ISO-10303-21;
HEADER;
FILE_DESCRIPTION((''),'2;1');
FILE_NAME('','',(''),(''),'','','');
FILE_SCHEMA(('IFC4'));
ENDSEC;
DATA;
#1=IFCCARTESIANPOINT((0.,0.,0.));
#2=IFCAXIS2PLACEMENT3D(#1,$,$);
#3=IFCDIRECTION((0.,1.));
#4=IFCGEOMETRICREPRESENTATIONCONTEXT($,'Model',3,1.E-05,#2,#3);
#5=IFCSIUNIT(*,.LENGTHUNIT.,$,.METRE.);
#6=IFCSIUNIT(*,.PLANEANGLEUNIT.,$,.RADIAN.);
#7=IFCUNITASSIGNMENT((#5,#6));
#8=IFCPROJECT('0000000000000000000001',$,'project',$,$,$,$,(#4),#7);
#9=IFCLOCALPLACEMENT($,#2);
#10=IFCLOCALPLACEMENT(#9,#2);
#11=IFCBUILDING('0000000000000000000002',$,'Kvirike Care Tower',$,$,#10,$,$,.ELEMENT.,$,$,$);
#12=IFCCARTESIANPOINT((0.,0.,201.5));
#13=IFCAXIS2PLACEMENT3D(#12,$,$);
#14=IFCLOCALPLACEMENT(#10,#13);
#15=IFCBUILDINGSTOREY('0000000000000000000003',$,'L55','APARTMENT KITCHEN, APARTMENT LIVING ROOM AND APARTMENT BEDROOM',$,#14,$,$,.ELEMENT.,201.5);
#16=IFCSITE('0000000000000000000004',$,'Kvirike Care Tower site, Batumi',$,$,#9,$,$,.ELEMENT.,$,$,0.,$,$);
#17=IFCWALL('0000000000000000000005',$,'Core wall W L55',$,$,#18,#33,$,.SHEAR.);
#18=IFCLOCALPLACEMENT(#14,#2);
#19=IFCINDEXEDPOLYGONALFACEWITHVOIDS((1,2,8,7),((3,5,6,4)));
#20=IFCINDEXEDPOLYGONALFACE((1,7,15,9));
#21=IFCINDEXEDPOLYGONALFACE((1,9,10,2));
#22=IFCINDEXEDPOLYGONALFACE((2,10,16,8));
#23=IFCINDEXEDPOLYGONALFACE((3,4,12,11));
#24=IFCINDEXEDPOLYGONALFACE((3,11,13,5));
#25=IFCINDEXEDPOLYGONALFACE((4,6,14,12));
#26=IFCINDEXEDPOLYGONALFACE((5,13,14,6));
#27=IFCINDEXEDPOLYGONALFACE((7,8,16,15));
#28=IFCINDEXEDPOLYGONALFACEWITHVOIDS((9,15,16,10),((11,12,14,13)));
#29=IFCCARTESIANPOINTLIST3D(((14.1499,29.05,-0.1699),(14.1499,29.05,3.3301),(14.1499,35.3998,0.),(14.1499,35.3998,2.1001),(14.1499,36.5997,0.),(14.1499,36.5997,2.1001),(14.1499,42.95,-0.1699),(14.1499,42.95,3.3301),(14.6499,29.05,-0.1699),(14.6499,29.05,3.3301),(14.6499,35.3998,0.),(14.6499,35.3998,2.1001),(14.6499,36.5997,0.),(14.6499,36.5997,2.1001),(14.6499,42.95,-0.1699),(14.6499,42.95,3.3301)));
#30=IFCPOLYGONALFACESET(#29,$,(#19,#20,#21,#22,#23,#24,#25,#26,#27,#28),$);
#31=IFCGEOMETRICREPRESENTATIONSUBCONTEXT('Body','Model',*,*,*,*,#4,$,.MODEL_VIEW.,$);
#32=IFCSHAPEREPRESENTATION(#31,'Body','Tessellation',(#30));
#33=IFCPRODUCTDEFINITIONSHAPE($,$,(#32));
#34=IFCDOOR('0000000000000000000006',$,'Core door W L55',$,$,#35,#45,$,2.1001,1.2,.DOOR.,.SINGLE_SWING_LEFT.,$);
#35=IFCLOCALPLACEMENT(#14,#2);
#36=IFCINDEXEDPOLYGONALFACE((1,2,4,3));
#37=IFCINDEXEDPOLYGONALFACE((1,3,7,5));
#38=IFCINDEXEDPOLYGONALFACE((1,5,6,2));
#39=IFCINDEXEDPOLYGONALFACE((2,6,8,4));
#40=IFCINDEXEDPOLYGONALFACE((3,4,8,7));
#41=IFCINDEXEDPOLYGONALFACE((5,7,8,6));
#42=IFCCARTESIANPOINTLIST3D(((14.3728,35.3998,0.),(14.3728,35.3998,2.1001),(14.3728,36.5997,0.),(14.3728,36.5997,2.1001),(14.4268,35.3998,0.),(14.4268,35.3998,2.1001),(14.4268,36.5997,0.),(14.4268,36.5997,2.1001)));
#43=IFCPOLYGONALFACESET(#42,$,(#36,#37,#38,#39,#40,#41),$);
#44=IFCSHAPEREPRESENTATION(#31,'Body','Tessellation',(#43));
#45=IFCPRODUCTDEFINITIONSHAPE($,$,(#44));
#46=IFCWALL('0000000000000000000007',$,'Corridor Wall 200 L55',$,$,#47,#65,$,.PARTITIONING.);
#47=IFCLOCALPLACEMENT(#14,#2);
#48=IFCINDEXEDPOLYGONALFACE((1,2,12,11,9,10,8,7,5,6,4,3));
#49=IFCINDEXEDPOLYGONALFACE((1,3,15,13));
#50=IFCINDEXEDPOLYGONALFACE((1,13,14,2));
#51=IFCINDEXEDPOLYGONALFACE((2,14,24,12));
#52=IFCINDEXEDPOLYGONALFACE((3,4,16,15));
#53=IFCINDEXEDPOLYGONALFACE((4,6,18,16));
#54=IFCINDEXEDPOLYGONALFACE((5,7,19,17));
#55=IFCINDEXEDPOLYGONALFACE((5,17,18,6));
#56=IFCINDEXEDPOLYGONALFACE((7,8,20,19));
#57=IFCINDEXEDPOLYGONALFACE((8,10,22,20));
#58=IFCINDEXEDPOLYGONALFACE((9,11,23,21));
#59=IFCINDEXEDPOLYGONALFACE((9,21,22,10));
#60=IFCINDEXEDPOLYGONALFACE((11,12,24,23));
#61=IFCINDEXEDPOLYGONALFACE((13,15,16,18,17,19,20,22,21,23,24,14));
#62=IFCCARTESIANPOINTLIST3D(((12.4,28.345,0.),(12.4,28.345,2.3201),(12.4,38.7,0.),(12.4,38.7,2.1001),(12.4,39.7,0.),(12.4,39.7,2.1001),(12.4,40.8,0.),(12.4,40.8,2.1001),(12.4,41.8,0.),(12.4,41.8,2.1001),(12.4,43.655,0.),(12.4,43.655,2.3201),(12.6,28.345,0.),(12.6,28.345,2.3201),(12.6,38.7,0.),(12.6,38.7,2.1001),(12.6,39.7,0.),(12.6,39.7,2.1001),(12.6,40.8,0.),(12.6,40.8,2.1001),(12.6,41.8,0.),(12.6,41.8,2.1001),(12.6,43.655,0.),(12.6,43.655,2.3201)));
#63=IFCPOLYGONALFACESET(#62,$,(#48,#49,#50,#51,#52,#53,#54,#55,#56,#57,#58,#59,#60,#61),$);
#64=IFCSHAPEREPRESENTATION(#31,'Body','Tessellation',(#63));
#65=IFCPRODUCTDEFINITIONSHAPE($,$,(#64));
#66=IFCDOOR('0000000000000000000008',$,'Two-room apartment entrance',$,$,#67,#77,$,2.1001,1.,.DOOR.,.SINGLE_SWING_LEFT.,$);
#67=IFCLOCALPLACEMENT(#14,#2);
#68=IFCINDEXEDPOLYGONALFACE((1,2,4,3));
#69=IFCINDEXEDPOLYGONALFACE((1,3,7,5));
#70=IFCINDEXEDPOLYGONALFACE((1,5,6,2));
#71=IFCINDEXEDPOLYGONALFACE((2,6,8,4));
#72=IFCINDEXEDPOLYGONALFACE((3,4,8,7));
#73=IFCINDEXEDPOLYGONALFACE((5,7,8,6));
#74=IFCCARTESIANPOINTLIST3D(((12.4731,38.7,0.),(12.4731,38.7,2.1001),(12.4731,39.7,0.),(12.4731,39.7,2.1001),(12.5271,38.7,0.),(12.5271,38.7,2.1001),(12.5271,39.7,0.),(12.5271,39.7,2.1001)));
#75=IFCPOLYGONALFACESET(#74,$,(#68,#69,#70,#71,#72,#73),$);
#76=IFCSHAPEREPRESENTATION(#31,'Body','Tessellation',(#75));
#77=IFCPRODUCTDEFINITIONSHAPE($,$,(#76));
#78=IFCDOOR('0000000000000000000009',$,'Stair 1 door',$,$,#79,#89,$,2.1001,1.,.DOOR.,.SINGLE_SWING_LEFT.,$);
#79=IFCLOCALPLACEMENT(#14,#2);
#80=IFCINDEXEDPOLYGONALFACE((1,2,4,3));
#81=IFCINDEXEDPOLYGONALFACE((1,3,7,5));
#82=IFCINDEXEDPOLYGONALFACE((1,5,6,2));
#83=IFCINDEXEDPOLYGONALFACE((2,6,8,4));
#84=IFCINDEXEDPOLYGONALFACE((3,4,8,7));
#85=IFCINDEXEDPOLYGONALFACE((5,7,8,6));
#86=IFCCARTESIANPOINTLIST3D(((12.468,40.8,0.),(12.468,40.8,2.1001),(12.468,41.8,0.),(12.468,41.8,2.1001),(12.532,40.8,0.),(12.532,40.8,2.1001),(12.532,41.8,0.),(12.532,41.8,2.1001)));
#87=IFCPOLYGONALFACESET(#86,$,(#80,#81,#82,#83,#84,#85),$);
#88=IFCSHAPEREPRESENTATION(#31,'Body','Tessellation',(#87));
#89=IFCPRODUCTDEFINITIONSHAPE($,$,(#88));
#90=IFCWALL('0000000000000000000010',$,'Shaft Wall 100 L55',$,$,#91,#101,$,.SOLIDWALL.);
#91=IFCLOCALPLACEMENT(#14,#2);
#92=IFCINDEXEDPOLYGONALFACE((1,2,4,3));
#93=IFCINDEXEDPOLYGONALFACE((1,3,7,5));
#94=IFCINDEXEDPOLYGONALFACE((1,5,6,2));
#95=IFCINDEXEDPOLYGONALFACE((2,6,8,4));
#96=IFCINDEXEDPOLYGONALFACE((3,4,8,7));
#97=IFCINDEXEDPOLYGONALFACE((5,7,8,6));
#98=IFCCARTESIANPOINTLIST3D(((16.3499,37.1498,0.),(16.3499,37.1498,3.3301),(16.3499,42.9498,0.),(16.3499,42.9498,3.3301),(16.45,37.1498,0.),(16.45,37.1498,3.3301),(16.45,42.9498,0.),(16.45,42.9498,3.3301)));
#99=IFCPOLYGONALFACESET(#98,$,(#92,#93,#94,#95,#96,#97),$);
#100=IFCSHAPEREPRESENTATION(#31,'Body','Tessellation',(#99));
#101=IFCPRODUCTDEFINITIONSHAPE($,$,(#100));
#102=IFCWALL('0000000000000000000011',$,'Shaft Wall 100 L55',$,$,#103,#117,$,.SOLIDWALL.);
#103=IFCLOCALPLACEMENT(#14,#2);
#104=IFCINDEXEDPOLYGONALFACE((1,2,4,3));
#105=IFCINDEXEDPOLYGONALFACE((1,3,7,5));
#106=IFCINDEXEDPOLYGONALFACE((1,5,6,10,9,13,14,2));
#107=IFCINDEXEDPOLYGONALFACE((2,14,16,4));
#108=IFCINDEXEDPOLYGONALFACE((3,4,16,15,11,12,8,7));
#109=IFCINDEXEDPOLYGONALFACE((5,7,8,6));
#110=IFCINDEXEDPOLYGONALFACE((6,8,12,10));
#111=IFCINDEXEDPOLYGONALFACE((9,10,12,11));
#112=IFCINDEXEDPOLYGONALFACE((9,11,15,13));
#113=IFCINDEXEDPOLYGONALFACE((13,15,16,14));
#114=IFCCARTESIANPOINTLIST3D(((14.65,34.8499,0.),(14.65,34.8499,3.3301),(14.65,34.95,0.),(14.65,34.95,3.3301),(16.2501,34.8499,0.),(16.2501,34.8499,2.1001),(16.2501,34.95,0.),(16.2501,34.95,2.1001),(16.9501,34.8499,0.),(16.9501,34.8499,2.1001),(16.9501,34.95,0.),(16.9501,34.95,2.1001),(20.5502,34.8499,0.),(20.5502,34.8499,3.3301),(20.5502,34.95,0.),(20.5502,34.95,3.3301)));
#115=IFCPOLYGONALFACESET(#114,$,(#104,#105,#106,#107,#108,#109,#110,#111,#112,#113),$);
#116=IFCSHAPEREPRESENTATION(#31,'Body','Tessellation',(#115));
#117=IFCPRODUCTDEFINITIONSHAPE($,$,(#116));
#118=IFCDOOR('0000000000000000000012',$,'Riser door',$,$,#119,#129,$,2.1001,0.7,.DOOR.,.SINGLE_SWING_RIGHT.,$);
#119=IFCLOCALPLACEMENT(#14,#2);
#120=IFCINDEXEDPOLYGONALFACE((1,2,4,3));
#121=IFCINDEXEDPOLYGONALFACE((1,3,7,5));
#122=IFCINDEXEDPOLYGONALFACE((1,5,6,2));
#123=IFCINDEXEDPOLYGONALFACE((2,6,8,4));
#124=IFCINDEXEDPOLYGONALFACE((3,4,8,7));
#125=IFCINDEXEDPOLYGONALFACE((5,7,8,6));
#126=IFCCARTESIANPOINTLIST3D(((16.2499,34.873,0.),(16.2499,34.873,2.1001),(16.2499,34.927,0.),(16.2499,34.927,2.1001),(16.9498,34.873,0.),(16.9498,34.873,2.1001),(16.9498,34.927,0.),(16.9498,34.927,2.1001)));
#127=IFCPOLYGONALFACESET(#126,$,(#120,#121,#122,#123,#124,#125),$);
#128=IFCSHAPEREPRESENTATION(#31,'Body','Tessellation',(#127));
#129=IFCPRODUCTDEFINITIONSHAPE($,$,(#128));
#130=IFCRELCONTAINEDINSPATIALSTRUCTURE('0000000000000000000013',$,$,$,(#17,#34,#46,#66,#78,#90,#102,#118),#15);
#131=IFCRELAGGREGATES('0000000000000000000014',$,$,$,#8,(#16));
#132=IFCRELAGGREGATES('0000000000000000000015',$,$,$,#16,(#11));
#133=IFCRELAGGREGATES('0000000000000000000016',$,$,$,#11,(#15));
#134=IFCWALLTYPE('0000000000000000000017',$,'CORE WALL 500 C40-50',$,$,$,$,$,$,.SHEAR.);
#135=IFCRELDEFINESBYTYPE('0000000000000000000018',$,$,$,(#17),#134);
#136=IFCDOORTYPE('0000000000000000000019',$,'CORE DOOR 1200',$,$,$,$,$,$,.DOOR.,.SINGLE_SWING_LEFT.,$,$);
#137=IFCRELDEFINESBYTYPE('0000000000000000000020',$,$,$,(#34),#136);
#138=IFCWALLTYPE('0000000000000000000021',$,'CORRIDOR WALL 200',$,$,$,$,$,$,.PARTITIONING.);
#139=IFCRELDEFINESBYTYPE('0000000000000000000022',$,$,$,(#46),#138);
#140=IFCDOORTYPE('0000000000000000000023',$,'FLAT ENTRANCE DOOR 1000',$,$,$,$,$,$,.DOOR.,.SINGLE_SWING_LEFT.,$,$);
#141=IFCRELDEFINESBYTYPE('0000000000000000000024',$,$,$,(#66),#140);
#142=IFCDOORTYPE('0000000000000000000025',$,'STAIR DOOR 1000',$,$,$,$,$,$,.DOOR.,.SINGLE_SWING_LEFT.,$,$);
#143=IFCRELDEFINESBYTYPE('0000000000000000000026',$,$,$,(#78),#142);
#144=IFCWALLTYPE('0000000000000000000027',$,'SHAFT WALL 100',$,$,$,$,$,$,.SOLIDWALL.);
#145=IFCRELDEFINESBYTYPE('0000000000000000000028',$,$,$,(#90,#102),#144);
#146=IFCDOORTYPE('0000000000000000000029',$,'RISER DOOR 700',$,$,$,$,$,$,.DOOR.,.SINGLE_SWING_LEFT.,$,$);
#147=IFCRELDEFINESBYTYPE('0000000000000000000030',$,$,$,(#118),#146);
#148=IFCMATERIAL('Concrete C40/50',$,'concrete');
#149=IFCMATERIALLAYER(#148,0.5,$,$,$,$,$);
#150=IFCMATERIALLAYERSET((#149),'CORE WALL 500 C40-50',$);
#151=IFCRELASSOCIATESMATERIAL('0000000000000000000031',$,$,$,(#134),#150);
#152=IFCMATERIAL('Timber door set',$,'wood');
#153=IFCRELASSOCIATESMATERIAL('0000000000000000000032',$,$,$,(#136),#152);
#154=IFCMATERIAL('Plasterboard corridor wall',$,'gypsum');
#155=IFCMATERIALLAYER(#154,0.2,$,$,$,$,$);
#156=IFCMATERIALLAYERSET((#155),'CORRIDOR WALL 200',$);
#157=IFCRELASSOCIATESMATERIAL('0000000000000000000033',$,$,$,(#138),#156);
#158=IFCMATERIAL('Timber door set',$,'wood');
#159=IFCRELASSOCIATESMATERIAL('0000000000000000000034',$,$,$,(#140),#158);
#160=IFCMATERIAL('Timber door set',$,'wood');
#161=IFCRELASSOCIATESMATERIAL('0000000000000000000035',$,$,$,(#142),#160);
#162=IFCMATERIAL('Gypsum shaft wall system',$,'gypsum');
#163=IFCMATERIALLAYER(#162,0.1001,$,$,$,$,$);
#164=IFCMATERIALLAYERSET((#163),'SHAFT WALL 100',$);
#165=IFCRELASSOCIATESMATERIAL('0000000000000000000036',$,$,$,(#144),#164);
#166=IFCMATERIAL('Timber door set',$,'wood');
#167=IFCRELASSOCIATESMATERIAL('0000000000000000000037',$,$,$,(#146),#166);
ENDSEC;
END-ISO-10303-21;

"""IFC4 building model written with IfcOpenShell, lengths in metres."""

from ifc_helpers import new_model, si_unit, direction, frame, frame_2d, origin, place, context, subcontext, project, spatial, rectangle, extrude, material, layer, layer_set, type_object, element, fill, save


model = new_model("IFC4")

# Units and contexts
model_context = context("Model", 3, precision=1e-05, world=origin(), true_north=direction((0.0, 1.0)))
body_context = subcontext(model_context, "Body", "Model", "MODEL_VIEW")
ifc_project = project(units=[si_unit("LENGTHUNIT", "METRE"), si_unit("PLANEANGLEUNIT", "RADIAN")], contexts=[model_context])

# Site, building, storey
site_placement = place(None, origin())
site = spatial("IfcSite", under=ifc_project, at=site_placement, Name="Kvirike Care Tower site, Batumi", CompositionType="ELEMENT", RefElevation=0.0)
building_placement = place(site_placement, origin())
building = spatial("IfcBuilding", under=site, at=building_placement, Name="Kvirike Care Tower", CompositionType="ELEMENT")
storey_placement = place(building_placement, frame((0.0, 0.0, 201.5)))
storey = spatial("IfcBuildingStorey", under=building, at=storey_placement, Name="L55", Description="APARTMENT KITCHEN, APARTMENT LIVING ROOM AND APARTMENT BEDROOM", CompositionType="ELEMENT", Elevation=201.5)

# Wall, opening, door
ifc_material_1 = material(Name="Concrete C40/50", Category="concrete")
ifc_layer_1 = layer(ifc_material_1, 0.5)
ifc_layer_set_1 = layer_set([ifc_layer_1], Name="CORE WALL 500 C40-50")
wall_type_1 = type_object("IfcWallType", Name="CORE WALL 500 C40-50", PredefinedType="SHEAR", material=ifc_layer_set_1)
wall_1_placement = place(storey_placement, frame((14.3999, 42.95, -0.1699), z_axis=(0.0, 0.0, 1.0), x_axis=(0.0, -1.0, 0.0)))
wall_1 = element("IfcWall", 1, at=wall_1_placement, inside=storey, type_object=wall_type_1, Name="Core wall W L55", PredefinedType="SHEAR", context=body_context, shape_type="SweptSolid", body=[
    extrude(rectangle(XDim=13.8999, YDim=0.5, at=frame_2d((6.95, 0.0))), origin(), (0.0, 0.0, 1.0), 3.5),
])
opening_1_placement = place(wall_1_placement, frame((6.3501, 0.0, 0.1699)))
opening_1 = element("IfcOpeningElement", 2, at=opening_1_placement, cuts=wall_1, PredefinedType="OPENING", context=body_context, shape_type="SweptSolid", body=[
    extrude(rectangle(XDim=1.2, YDim=2.1001, at=frame_2d((0.6001, 1.05))), frame((0.0, 0.2605, 0.0), z_axis=(0.0, -1.0, 0.0), x_axis=(1.0, 0.0, 0.0)), (0.0, 0.0, 1.0), 0.521),
])
ifc_material_2 = material(Name="Timber door set", Category="wood")
door_type_1 = type_object("IfcDoorType", Name="CORE DOOR 1200", OperationType="SINGLE_SWING_LEFT", PredefinedType="DOOR", material=ifc_material_2)
door_1_placement = place(opening_1_placement, origin())
door_1 = element("IfcDoor", 3, at=door_1_placement, inside=storey, type_object=door_type_1, Name="Core door W L55", OperationType="SINGLE_SWING_LEFT", OverallHeight=2.1001, OverallWidth=1.2, PredefinedType="DOOR", context=body_context, shape_type="SweptSolid", body=[
    extrude(rectangle(XDim=1.2, YDim=2.1001, at=frame_2d((0.6001, 1.05))), frame((0.0, 0.0269, 0.0), z_axis=(0.0, -1.0, 0.0), x_axis=(1.0, 0.0, 0.0)), (0.0, 0.0, 1.0), 0.054),
])
fill(opening_1, door_1)

# Wall, openings, doors
ifc_material_3 = material(Name="Plasterboard corridor wall", Category="gypsum")
ifc_layer_2 = layer(ifc_material_3, 0.2)
ifc_layer_set_2 = layer_set([ifc_layer_2], Name="CORRIDOR WALL 200")
wall_type_2 = type_object("IfcWallType", Name="CORRIDOR WALL 200", PredefinedType="PARTITIONING", material=ifc_layer_set_2)
wall_2_placement = place(storey_placement, frame((12.5, 43.655, 0.0), z_axis=(0.0, 0.0, 1.0), x_axis=(0.0, -1.0, 0.0)))
wall_2 = element("IfcWall", 4, at=wall_2_placement, inside=storey, type_object=wall_type_2, Name="Corridor Wall 200 L55", PredefinedType="PARTITIONING", context=body_context, shape_type="SweptSolid", body=[
    extrude(rectangle(XDim=15.3101, YDim=0.2, at=frame_2d((7.655, 0.0))), origin(), (0.0, 0.0, 1.0), 2.3201),
])
opening_2_placement = place(wall_2_placement, frame((1.855, 0.0, 0.0)))
opening_2 = element("IfcOpeningElement", 5, at=opening_2_placement, cuts=wall_2, PredefinedType="OPENING", context=body_context, shape_type="SweptSolid", body=[
    extrude(rectangle(XDim=1.0, YDim=2.1001, at=frame_2d((0.5, 1.05))), frame((0.0, 0.1106, 0.0), z_axis=(0.0, -1.0, 0.0), x_axis=(1.0, 0.0, 0.0)), (0.0, 0.0, 1.0), 0.2209),
])
opening_3_placement = place(wall_2_placement, frame((3.9551, 0.0, 0.0)))
opening_3 = element("IfcOpeningElement", 6, at=opening_3_placement, cuts=wall_2, PredefinedType="OPENING", context=body_context, shape_type="SweptSolid", body=[
    extrude(rectangle(XDim=1.0, YDim=2.1001, at=frame_2d((0.5, 1.05))), frame((0.0, 0.1106, 0.0), z_axis=(0.0, -1.0, 0.0), x_axis=(1.0, 0.0, 0.0)), (0.0, 0.0, 1.0), 0.2209),
])
ifc_material_4 = material(Name="Timber door set", Category="wood")
door_type_2 = type_object("IfcDoorType", Name="FLAT ENTRANCE DOOR 1000", OperationType="SINGLE_SWING_LEFT", PredefinedType="DOOR", material=ifc_material_4)
door_2_placement = place(opening_3_placement, frame((1.0, 0.0, 0.0), z_axis=(0.0, 0.0, 1.0), x_axis=(-1.0, 0.0, 0.0)))
door_2 = element("IfcDoor", 7, at=door_2_placement, inside=storey, type_object=door_type_2, Name="Two-room apartment entrance", OperationType="SINGLE_SWING_LEFT", OverallHeight=2.1001, OverallWidth=1.0, PredefinedType="DOOR", context=body_context, shape_type="SweptSolid", body=[
    extrude(rectangle(XDim=1.0, YDim=2.1001, at=frame_2d((0.5, 1.05))), frame((0.0, 0.0269, 0.0), z_axis=(0.0, -1.0, 0.0), x_axis=(1.0, 0.0, 0.0)), (0.0, 0.0, 1.0), 0.054),
])
fill(opening_3, door_2)
ifc_material_5 = material(Name="Timber door set", Category="wood")
door_type_3 = type_object("IfcDoorType", Name="STAIR DOOR 1000", OperationType="SINGLE_SWING_LEFT", PredefinedType="DOOR", material=ifc_material_5)
door_3_placement = place(opening_2_placement, frame((1.0, 0.0, 0.0), z_axis=(0.0, 0.0, 1.0), x_axis=(-1.0, 0.0, 0.0)))
door_3 = element("IfcDoor", 8, at=door_3_placement, inside=storey, type_object=door_type_3, Name="Stair 1 door", OperationType="SINGLE_SWING_LEFT", OverallHeight=2.1001, OverallWidth=1.0, PredefinedType="DOOR", context=body_context, shape_type="SweptSolid", body=[
    extrude(rectangle(XDim=1.0, YDim=2.1001, at=frame_2d((0.5, 1.05))), frame((0.0, 0.032, 0.0), z_axis=(0.0, -1.0, 0.0), x_axis=(1.0, 0.0, 0.0)), (0.0, 0.0, 1.0), 0.064),
])
fill(opening_2, door_3)

# Wall
ifc_material_6 = material(Name="Gypsum shaft wall system", Category="gypsum")
ifc_layer_3 = layer(ifc_material_6, 0.1001)
ifc_layer_set_3 = layer_set([ifc_layer_3], Name="SHAFT WALL 100")
wall_type_3 = type_object("IfcWallType", Name="SHAFT WALL 100", PredefinedType="SOLIDWALL", material=ifc_layer_set_3)
wall_3_placement = place(storey_placement, frame((16.3999, 37.1499, 0.0), z_axis=(0.0, 0.0, 1.0), x_axis=(0.0, 1.0, 0.0)))
element("IfcWall", 9, at=wall_3_placement, inside=storey, type_object=wall_type_3, Name="Shaft Wall 100 L55", PredefinedType="SOLIDWALL", context=body_context, shape_type="SweptSolid", body=[
    extrude(rectangle(XDim=5.8, YDim=0.1001, at=frame_2d((2.8999, 0.0))), origin(), (0.0, 0.0, 1.0), 3.3301),
])

# Wall, opening, door
wall_4_placement = place(storey_placement, frame((14.6499, 34.8999, 0.0), z_axis=(0.0, 0.0, 1.0), x_axis=(1.0, 0.0, 0.0)))
wall_4 = element("IfcWall", 10, at=wall_4_placement, inside=storey, type_object=wall_type_3, Name="Shaft Wall 100 L55", PredefinedType="SOLIDWALL", context=body_context, shape_type="SweptSolid", body=[
    extrude(rectangle(XDim=5.9001, YDim=0.1001, at=frame_2d((2.9502, 0.0))), origin(), (0.0, 0.0, 1.0), 3.3301),
])
opening_4_placement = place(wall_4_placement, frame((1.6001, 0.0, 0.0)))
opening_4 = element("IfcOpeningElement", 11, at=opening_4_placement, cuts=wall_4, PredefinedType="OPENING", context=body_context, shape_type="SweptSolid", body=[
    extrude(rectangle(XDim=0.7, YDim=2.1001, at=frame_2d((0.3501, 1.05))), frame((0.0, 0.0605, 0.0), z_axis=(0.0, -1.0, 0.0), x_axis=(1.0, 0.0, 0.0)), (0.0, 0.0, 1.0), 0.1211),
])
ifc_material_7 = material(Name="Timber door set", Category="wood")
door_type_4 = type_object("IfcDoorType", Name="RISER DOOR 700", OperationType="SINGLE_SWING_LEFT", PredefinedType="DOOR", material=ifc_material_7)
door_4_placement = place(opening_4_placement, frame((0.7, 0.0, 0.0), z_axis=(0.0, 0.0, 1.0), x_axis=(-1.0, 0.0, 0.0)))
door_4 = element("IfcDoor", 12, at=door_4_placement, inside=storey, type_object=door_type_4, Name="Riser door", OperationType="SINGLE_SWING_RIGHT", OverallHeight=2.1001, OverallWidth=0.7, PredefinedType="DOOR", context=body_context, shape_type="SweptSolid", body=[
    extrude(rectangle(XDim=0.7, YDim=2.1001, at=frame_2d((0.3501, 1.05))), frame((0.0, 0.0269, 0.0), z_axis=(0.0, -1.0, 0.0), x_axis=(1.0, 0.0, 0.0)), (0.0, 0.0, 1.0), 0.054),
])
fill(opening_4, door_4)

save(model, "model.ifc")
